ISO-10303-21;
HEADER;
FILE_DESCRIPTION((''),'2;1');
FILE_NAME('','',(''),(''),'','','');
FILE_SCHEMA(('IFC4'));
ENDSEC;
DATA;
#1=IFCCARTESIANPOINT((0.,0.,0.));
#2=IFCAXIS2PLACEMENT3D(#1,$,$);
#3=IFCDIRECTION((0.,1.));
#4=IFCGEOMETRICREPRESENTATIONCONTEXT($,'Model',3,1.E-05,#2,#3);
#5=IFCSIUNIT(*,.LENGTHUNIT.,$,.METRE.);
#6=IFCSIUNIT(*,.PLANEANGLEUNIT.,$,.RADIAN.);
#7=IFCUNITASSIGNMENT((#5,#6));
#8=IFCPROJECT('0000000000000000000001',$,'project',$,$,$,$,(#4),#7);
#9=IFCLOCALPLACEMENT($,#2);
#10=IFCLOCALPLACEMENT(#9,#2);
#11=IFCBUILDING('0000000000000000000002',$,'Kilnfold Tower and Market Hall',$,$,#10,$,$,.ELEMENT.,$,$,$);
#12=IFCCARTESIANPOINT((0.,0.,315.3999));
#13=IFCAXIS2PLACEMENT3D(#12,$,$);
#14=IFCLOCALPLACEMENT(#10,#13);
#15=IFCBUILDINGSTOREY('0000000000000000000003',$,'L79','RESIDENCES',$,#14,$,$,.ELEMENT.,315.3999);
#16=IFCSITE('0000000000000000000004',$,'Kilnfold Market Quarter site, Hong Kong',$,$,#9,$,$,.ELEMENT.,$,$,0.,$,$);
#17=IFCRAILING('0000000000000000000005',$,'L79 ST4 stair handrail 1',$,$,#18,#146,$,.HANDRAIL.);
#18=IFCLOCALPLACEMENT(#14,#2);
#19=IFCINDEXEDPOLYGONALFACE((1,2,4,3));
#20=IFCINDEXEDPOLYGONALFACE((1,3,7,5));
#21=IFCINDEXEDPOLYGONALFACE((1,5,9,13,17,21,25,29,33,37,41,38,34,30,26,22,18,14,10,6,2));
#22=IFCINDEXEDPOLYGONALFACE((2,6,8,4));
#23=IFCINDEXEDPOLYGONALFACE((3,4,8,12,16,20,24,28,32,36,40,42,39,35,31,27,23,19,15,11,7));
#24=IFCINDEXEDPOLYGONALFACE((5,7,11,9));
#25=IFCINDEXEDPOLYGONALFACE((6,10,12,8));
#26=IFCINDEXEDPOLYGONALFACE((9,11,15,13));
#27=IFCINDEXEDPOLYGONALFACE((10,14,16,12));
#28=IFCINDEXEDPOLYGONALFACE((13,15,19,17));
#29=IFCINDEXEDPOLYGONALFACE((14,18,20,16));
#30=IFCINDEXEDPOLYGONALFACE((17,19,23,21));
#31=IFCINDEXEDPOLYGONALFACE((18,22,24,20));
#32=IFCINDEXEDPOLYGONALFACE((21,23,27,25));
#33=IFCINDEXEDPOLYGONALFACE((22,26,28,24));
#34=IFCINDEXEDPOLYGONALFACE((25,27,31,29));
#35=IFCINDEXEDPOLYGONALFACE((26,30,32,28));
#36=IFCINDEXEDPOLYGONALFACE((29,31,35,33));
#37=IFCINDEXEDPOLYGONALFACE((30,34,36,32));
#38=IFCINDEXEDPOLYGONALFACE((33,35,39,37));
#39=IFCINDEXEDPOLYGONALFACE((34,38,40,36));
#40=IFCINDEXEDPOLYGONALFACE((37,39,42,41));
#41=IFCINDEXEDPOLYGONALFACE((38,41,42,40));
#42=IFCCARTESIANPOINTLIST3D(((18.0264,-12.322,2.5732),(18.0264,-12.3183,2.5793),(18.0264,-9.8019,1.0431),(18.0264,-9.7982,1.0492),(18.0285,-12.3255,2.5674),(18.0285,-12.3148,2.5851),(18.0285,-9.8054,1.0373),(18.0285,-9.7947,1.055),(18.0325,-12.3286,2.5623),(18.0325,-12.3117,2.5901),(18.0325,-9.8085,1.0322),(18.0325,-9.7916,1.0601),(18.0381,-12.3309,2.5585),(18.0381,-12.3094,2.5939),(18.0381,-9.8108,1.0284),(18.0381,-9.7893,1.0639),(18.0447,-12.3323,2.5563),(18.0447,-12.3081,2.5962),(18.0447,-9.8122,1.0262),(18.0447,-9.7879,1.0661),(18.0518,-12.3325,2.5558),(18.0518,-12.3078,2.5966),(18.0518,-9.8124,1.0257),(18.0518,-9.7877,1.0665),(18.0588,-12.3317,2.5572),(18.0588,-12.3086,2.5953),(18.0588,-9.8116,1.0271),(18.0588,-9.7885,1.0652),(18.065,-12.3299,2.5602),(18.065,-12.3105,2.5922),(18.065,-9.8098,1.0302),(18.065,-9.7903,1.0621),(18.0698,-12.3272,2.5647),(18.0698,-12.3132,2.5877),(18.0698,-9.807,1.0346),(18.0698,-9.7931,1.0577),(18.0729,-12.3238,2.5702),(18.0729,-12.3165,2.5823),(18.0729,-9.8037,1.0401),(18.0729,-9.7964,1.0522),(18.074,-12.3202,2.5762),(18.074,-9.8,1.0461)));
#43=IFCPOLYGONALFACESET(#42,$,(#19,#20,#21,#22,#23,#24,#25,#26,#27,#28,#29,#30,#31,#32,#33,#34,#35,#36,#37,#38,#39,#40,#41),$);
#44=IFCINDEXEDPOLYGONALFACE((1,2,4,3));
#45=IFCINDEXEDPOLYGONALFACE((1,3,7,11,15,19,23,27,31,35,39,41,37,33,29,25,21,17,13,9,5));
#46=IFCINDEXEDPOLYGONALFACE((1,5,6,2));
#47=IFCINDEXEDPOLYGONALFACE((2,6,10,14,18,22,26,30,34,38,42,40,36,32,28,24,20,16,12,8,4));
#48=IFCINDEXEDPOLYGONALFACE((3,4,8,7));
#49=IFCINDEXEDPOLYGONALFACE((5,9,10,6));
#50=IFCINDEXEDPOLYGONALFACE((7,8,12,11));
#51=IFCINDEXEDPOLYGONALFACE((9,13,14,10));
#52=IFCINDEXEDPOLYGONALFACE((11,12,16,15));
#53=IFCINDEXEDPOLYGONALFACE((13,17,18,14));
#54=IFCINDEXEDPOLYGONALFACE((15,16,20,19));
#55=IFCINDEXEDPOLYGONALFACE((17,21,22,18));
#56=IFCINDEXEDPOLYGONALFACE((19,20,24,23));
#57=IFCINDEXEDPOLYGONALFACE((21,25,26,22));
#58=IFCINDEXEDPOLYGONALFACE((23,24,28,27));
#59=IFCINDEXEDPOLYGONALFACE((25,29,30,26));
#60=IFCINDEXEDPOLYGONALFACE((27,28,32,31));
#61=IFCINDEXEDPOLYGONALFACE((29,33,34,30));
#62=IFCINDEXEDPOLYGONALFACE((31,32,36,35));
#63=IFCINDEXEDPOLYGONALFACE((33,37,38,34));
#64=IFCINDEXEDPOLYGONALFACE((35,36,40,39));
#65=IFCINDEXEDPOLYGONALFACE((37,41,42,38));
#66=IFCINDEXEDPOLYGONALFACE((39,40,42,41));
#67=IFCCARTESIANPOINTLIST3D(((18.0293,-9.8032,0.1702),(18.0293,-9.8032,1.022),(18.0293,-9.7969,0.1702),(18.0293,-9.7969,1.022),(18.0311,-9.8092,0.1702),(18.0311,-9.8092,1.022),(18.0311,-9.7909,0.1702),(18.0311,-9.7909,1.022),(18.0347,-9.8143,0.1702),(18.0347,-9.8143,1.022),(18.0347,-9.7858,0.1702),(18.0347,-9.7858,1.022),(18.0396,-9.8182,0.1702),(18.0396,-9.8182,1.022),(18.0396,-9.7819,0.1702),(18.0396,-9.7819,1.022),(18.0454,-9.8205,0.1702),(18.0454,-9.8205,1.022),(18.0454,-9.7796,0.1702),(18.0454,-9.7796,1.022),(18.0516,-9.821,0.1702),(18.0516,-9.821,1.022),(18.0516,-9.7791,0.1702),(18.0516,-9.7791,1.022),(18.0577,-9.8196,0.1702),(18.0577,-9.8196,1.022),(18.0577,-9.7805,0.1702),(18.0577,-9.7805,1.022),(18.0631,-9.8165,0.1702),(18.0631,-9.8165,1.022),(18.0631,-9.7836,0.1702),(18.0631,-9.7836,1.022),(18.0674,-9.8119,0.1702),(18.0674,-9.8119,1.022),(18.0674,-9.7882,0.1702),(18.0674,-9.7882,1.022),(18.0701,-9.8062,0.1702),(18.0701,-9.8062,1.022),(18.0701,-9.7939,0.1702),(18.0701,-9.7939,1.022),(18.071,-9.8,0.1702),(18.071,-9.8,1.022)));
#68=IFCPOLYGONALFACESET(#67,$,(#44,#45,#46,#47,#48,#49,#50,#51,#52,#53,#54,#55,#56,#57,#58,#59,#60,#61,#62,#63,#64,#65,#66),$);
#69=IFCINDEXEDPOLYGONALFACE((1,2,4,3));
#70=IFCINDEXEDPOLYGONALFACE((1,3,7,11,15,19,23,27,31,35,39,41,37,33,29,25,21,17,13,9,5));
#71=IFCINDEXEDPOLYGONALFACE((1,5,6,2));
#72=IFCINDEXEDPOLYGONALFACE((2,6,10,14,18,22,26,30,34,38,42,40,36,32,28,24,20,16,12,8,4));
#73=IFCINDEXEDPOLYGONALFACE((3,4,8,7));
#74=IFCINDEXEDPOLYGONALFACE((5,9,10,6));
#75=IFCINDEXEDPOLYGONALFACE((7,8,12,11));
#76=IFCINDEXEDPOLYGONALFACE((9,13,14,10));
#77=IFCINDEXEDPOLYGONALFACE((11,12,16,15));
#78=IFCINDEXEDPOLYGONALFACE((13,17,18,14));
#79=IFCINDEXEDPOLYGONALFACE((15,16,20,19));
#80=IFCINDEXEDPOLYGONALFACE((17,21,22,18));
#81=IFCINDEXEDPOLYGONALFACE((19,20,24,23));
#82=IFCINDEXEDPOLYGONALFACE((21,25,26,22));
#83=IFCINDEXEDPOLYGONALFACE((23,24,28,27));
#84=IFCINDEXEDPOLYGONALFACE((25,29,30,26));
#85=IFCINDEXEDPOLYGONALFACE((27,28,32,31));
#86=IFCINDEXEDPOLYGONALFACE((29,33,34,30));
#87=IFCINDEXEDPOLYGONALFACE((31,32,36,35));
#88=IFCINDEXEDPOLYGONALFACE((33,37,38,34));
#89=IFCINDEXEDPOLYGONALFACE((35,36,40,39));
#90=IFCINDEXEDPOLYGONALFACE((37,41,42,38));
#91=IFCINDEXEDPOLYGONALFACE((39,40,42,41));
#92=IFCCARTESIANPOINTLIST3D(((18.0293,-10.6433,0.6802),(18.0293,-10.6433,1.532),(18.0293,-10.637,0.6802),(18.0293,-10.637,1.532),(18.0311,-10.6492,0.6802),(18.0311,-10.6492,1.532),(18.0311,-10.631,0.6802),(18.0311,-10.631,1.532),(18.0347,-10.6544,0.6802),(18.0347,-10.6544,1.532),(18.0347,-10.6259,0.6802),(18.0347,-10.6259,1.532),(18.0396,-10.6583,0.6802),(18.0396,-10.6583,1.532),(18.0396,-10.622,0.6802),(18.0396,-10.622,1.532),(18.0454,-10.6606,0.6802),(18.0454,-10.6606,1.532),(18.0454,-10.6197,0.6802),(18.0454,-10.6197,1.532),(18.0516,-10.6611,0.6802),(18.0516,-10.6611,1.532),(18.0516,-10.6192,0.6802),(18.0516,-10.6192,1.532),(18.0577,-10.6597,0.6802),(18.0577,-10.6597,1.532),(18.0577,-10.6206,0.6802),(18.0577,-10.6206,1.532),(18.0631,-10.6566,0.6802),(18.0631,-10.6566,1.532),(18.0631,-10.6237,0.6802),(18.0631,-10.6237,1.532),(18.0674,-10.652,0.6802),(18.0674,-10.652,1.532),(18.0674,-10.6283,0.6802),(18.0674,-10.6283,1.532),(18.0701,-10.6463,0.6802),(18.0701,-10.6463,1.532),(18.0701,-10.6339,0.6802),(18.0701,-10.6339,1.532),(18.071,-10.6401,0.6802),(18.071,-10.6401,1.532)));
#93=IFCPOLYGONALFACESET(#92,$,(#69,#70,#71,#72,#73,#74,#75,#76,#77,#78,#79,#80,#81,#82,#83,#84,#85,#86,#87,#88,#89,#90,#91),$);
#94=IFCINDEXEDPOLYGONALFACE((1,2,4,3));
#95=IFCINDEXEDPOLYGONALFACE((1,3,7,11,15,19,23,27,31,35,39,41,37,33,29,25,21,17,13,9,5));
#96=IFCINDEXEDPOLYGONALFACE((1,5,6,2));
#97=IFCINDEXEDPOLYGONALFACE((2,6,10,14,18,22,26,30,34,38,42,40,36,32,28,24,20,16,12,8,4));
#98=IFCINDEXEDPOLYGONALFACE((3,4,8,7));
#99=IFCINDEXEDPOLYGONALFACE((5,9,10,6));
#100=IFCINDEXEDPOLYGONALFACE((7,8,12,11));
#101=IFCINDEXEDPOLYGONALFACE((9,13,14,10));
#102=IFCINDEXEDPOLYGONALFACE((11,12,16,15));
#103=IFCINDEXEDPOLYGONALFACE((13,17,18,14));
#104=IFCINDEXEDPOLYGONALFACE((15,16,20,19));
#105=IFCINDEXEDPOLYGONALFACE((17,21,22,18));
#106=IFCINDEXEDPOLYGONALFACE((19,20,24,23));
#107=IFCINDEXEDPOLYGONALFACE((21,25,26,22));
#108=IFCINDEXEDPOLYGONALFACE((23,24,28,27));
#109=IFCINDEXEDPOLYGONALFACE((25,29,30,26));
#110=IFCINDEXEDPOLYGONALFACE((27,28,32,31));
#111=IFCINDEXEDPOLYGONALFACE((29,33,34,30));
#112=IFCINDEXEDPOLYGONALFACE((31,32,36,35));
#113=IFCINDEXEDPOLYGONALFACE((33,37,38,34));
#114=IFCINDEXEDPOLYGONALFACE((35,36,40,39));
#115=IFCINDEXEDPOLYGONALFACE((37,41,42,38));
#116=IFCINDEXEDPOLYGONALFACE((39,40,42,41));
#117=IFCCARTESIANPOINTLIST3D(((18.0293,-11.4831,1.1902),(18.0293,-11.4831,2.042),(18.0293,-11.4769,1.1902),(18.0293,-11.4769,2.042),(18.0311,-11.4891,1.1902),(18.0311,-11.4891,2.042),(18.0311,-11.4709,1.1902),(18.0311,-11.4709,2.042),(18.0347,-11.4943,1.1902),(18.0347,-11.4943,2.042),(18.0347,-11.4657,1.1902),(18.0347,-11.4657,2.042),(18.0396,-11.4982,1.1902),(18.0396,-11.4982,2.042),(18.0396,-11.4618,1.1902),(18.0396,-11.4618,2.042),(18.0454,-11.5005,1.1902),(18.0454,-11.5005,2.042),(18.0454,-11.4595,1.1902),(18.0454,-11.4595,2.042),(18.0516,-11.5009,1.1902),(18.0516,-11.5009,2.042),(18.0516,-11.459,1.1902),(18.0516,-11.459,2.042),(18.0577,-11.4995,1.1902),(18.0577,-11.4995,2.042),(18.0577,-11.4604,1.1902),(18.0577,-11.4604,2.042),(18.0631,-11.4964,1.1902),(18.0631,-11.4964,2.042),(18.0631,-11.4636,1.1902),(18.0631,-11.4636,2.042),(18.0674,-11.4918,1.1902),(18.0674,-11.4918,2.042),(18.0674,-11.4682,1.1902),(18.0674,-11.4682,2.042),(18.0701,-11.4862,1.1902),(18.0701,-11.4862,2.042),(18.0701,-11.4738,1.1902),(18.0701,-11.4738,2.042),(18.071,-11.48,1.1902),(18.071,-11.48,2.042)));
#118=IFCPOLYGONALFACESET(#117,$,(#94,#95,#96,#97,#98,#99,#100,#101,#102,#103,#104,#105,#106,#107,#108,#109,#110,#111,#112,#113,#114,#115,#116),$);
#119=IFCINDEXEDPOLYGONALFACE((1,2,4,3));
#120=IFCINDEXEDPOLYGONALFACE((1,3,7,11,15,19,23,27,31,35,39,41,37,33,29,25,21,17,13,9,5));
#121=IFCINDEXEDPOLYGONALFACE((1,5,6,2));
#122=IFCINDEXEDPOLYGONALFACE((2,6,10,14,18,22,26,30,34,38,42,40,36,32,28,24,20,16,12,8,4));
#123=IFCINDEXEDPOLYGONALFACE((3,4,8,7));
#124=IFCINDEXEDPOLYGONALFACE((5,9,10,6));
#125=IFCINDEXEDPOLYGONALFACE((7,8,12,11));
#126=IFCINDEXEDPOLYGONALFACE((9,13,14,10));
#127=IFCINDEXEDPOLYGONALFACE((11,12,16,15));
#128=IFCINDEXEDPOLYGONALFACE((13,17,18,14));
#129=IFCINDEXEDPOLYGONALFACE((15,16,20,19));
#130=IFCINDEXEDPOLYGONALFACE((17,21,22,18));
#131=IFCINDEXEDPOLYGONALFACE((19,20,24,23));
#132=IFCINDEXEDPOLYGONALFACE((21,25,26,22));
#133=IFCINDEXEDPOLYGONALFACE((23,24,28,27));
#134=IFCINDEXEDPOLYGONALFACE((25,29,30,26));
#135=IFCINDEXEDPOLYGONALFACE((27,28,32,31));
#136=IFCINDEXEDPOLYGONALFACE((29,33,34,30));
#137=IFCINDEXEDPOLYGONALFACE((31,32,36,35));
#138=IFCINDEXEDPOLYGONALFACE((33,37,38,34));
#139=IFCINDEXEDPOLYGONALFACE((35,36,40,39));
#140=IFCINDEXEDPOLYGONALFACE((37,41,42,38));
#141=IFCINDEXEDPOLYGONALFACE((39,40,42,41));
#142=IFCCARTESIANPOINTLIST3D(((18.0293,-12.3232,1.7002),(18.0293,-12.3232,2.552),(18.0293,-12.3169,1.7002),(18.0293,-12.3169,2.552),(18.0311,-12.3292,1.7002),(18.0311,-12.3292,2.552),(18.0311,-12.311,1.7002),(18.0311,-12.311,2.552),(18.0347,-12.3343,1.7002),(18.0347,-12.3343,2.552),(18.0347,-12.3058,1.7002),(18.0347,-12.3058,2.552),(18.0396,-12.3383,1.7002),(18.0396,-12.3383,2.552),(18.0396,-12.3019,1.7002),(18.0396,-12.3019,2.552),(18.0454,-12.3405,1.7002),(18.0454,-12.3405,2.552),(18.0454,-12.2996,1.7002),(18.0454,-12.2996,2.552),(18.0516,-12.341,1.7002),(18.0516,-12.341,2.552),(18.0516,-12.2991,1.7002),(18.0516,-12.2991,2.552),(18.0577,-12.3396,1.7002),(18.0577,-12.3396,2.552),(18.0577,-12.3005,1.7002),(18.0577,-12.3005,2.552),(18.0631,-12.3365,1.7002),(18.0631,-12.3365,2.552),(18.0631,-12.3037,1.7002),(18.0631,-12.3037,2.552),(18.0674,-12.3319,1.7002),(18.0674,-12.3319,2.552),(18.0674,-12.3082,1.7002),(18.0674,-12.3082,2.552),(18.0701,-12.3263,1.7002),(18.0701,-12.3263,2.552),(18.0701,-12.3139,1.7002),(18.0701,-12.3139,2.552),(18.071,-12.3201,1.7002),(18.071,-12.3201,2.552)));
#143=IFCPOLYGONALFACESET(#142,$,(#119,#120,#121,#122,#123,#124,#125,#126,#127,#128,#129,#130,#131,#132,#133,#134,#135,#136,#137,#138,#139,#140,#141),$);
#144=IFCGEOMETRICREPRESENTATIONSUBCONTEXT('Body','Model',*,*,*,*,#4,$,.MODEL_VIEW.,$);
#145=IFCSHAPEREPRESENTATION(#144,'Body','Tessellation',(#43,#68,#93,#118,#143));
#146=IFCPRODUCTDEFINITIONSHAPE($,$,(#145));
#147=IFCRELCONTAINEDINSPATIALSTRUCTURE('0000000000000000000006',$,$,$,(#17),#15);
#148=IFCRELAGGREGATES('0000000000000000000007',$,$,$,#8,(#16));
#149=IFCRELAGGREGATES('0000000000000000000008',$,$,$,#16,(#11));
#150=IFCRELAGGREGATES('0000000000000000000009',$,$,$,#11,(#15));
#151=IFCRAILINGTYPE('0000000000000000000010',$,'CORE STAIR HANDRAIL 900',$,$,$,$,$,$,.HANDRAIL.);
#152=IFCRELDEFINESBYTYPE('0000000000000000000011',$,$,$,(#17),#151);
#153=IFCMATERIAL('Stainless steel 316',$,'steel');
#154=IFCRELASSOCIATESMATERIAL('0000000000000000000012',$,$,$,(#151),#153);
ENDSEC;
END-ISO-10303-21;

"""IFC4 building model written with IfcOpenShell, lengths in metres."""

from ifc_helpers import new_model, si_unit, direction, frame, origin, origin_2d, place, context, subcontext, project, spatial, circle, extrude, material, type_object, element, save


model = new_model("IFC4")

# Units and contexts
model_context = context("Model", 3, precision=1e-05, world=origin(), true_north=direction((0.0, 1.0)))
body_context = subcontext(model_context, "Body", "Model", "MODEL_VIEW")
ifc_project = project(units=[si_unit("LENGTHUNIT", "METRE"), si_unit("PLANEANGLEUNIT", "RADIAN")], contexts=[model_context])

# Site, building, storey
site_placement = place(None, origin())
site = spatial("IfcSite", under=ifc_project, at=site_placement, Name="Kilnfold Market Quarter site, Hong Kong", CompositionType="ELEMENT", RefElevation=0.0)
building_placement = place(site_placement, origin())
building = spatial("IfcBuilding", under=site, at=building_placement, Name="Kilnfold Tower and Market Hall", CompositionType="ELEMENT")
storey_placement = place(building_placement, frame((0.0, 0.0, 315.3999)))
storey = spatial("IfcBuildingStorey", under=building, at=storey_placement, Name="L79", Description="RESIDENCES", CompositionType="ELEMENT", Elevation=315.3999)

# Railing
ifc_material_1 = material(Name="Stainless steel 316", Category="steel")
railing_type_1 = type_object("IfcRailingType", Name="CORE STAIR HANDRAIL 900", PredefinedType="HANDRAIL", material=ifc_material_1)
railing_1_placement = place(storey_placement, frame((18.05, -9.8, 0.1702)))
element("IfcRailing", 1, at=railing_1_placement, inside=storey, type_object=railing_type_1, Name="L79 ST4 stair handrail 1", PredefinedType="HANDRAIL", context=body_context, shape_type="SweptSolid", body=[
    extrude(circle(Radius=0.0239, at=origin_2d()), frame((0.0, 0.0, 0.876), z_axis=(0.0, -0.854785, 0.518982), x_axis=(1.0, 0.0, 0.0)), (0.0, 0.0, 1.0), 2.9482),
    extrude(circle(Radius=0.021, at=origin_2d()), origin(), (0.0, 0.0, 1.0), 0.8518),
    extrude(circle(Radius=0.021, at=origin_2d()), frame((0.0, -0.8401, 0.51)), (0.0, 0.0, 1.0), 0.8518),
    extrude(circle(Radius=0.021, at=origin_2d()), frame((0.0, -1.6799, 1.02)), (0.0, 0.0, 1.0), 0.8518),
    extrude(circle(Radius=0.021, at=origin_2d()), frame((0.0, -2.52, 1.53)), (0.0, 0.0, 1.0), 0.8518),
])

save(model, "model.ifc")
